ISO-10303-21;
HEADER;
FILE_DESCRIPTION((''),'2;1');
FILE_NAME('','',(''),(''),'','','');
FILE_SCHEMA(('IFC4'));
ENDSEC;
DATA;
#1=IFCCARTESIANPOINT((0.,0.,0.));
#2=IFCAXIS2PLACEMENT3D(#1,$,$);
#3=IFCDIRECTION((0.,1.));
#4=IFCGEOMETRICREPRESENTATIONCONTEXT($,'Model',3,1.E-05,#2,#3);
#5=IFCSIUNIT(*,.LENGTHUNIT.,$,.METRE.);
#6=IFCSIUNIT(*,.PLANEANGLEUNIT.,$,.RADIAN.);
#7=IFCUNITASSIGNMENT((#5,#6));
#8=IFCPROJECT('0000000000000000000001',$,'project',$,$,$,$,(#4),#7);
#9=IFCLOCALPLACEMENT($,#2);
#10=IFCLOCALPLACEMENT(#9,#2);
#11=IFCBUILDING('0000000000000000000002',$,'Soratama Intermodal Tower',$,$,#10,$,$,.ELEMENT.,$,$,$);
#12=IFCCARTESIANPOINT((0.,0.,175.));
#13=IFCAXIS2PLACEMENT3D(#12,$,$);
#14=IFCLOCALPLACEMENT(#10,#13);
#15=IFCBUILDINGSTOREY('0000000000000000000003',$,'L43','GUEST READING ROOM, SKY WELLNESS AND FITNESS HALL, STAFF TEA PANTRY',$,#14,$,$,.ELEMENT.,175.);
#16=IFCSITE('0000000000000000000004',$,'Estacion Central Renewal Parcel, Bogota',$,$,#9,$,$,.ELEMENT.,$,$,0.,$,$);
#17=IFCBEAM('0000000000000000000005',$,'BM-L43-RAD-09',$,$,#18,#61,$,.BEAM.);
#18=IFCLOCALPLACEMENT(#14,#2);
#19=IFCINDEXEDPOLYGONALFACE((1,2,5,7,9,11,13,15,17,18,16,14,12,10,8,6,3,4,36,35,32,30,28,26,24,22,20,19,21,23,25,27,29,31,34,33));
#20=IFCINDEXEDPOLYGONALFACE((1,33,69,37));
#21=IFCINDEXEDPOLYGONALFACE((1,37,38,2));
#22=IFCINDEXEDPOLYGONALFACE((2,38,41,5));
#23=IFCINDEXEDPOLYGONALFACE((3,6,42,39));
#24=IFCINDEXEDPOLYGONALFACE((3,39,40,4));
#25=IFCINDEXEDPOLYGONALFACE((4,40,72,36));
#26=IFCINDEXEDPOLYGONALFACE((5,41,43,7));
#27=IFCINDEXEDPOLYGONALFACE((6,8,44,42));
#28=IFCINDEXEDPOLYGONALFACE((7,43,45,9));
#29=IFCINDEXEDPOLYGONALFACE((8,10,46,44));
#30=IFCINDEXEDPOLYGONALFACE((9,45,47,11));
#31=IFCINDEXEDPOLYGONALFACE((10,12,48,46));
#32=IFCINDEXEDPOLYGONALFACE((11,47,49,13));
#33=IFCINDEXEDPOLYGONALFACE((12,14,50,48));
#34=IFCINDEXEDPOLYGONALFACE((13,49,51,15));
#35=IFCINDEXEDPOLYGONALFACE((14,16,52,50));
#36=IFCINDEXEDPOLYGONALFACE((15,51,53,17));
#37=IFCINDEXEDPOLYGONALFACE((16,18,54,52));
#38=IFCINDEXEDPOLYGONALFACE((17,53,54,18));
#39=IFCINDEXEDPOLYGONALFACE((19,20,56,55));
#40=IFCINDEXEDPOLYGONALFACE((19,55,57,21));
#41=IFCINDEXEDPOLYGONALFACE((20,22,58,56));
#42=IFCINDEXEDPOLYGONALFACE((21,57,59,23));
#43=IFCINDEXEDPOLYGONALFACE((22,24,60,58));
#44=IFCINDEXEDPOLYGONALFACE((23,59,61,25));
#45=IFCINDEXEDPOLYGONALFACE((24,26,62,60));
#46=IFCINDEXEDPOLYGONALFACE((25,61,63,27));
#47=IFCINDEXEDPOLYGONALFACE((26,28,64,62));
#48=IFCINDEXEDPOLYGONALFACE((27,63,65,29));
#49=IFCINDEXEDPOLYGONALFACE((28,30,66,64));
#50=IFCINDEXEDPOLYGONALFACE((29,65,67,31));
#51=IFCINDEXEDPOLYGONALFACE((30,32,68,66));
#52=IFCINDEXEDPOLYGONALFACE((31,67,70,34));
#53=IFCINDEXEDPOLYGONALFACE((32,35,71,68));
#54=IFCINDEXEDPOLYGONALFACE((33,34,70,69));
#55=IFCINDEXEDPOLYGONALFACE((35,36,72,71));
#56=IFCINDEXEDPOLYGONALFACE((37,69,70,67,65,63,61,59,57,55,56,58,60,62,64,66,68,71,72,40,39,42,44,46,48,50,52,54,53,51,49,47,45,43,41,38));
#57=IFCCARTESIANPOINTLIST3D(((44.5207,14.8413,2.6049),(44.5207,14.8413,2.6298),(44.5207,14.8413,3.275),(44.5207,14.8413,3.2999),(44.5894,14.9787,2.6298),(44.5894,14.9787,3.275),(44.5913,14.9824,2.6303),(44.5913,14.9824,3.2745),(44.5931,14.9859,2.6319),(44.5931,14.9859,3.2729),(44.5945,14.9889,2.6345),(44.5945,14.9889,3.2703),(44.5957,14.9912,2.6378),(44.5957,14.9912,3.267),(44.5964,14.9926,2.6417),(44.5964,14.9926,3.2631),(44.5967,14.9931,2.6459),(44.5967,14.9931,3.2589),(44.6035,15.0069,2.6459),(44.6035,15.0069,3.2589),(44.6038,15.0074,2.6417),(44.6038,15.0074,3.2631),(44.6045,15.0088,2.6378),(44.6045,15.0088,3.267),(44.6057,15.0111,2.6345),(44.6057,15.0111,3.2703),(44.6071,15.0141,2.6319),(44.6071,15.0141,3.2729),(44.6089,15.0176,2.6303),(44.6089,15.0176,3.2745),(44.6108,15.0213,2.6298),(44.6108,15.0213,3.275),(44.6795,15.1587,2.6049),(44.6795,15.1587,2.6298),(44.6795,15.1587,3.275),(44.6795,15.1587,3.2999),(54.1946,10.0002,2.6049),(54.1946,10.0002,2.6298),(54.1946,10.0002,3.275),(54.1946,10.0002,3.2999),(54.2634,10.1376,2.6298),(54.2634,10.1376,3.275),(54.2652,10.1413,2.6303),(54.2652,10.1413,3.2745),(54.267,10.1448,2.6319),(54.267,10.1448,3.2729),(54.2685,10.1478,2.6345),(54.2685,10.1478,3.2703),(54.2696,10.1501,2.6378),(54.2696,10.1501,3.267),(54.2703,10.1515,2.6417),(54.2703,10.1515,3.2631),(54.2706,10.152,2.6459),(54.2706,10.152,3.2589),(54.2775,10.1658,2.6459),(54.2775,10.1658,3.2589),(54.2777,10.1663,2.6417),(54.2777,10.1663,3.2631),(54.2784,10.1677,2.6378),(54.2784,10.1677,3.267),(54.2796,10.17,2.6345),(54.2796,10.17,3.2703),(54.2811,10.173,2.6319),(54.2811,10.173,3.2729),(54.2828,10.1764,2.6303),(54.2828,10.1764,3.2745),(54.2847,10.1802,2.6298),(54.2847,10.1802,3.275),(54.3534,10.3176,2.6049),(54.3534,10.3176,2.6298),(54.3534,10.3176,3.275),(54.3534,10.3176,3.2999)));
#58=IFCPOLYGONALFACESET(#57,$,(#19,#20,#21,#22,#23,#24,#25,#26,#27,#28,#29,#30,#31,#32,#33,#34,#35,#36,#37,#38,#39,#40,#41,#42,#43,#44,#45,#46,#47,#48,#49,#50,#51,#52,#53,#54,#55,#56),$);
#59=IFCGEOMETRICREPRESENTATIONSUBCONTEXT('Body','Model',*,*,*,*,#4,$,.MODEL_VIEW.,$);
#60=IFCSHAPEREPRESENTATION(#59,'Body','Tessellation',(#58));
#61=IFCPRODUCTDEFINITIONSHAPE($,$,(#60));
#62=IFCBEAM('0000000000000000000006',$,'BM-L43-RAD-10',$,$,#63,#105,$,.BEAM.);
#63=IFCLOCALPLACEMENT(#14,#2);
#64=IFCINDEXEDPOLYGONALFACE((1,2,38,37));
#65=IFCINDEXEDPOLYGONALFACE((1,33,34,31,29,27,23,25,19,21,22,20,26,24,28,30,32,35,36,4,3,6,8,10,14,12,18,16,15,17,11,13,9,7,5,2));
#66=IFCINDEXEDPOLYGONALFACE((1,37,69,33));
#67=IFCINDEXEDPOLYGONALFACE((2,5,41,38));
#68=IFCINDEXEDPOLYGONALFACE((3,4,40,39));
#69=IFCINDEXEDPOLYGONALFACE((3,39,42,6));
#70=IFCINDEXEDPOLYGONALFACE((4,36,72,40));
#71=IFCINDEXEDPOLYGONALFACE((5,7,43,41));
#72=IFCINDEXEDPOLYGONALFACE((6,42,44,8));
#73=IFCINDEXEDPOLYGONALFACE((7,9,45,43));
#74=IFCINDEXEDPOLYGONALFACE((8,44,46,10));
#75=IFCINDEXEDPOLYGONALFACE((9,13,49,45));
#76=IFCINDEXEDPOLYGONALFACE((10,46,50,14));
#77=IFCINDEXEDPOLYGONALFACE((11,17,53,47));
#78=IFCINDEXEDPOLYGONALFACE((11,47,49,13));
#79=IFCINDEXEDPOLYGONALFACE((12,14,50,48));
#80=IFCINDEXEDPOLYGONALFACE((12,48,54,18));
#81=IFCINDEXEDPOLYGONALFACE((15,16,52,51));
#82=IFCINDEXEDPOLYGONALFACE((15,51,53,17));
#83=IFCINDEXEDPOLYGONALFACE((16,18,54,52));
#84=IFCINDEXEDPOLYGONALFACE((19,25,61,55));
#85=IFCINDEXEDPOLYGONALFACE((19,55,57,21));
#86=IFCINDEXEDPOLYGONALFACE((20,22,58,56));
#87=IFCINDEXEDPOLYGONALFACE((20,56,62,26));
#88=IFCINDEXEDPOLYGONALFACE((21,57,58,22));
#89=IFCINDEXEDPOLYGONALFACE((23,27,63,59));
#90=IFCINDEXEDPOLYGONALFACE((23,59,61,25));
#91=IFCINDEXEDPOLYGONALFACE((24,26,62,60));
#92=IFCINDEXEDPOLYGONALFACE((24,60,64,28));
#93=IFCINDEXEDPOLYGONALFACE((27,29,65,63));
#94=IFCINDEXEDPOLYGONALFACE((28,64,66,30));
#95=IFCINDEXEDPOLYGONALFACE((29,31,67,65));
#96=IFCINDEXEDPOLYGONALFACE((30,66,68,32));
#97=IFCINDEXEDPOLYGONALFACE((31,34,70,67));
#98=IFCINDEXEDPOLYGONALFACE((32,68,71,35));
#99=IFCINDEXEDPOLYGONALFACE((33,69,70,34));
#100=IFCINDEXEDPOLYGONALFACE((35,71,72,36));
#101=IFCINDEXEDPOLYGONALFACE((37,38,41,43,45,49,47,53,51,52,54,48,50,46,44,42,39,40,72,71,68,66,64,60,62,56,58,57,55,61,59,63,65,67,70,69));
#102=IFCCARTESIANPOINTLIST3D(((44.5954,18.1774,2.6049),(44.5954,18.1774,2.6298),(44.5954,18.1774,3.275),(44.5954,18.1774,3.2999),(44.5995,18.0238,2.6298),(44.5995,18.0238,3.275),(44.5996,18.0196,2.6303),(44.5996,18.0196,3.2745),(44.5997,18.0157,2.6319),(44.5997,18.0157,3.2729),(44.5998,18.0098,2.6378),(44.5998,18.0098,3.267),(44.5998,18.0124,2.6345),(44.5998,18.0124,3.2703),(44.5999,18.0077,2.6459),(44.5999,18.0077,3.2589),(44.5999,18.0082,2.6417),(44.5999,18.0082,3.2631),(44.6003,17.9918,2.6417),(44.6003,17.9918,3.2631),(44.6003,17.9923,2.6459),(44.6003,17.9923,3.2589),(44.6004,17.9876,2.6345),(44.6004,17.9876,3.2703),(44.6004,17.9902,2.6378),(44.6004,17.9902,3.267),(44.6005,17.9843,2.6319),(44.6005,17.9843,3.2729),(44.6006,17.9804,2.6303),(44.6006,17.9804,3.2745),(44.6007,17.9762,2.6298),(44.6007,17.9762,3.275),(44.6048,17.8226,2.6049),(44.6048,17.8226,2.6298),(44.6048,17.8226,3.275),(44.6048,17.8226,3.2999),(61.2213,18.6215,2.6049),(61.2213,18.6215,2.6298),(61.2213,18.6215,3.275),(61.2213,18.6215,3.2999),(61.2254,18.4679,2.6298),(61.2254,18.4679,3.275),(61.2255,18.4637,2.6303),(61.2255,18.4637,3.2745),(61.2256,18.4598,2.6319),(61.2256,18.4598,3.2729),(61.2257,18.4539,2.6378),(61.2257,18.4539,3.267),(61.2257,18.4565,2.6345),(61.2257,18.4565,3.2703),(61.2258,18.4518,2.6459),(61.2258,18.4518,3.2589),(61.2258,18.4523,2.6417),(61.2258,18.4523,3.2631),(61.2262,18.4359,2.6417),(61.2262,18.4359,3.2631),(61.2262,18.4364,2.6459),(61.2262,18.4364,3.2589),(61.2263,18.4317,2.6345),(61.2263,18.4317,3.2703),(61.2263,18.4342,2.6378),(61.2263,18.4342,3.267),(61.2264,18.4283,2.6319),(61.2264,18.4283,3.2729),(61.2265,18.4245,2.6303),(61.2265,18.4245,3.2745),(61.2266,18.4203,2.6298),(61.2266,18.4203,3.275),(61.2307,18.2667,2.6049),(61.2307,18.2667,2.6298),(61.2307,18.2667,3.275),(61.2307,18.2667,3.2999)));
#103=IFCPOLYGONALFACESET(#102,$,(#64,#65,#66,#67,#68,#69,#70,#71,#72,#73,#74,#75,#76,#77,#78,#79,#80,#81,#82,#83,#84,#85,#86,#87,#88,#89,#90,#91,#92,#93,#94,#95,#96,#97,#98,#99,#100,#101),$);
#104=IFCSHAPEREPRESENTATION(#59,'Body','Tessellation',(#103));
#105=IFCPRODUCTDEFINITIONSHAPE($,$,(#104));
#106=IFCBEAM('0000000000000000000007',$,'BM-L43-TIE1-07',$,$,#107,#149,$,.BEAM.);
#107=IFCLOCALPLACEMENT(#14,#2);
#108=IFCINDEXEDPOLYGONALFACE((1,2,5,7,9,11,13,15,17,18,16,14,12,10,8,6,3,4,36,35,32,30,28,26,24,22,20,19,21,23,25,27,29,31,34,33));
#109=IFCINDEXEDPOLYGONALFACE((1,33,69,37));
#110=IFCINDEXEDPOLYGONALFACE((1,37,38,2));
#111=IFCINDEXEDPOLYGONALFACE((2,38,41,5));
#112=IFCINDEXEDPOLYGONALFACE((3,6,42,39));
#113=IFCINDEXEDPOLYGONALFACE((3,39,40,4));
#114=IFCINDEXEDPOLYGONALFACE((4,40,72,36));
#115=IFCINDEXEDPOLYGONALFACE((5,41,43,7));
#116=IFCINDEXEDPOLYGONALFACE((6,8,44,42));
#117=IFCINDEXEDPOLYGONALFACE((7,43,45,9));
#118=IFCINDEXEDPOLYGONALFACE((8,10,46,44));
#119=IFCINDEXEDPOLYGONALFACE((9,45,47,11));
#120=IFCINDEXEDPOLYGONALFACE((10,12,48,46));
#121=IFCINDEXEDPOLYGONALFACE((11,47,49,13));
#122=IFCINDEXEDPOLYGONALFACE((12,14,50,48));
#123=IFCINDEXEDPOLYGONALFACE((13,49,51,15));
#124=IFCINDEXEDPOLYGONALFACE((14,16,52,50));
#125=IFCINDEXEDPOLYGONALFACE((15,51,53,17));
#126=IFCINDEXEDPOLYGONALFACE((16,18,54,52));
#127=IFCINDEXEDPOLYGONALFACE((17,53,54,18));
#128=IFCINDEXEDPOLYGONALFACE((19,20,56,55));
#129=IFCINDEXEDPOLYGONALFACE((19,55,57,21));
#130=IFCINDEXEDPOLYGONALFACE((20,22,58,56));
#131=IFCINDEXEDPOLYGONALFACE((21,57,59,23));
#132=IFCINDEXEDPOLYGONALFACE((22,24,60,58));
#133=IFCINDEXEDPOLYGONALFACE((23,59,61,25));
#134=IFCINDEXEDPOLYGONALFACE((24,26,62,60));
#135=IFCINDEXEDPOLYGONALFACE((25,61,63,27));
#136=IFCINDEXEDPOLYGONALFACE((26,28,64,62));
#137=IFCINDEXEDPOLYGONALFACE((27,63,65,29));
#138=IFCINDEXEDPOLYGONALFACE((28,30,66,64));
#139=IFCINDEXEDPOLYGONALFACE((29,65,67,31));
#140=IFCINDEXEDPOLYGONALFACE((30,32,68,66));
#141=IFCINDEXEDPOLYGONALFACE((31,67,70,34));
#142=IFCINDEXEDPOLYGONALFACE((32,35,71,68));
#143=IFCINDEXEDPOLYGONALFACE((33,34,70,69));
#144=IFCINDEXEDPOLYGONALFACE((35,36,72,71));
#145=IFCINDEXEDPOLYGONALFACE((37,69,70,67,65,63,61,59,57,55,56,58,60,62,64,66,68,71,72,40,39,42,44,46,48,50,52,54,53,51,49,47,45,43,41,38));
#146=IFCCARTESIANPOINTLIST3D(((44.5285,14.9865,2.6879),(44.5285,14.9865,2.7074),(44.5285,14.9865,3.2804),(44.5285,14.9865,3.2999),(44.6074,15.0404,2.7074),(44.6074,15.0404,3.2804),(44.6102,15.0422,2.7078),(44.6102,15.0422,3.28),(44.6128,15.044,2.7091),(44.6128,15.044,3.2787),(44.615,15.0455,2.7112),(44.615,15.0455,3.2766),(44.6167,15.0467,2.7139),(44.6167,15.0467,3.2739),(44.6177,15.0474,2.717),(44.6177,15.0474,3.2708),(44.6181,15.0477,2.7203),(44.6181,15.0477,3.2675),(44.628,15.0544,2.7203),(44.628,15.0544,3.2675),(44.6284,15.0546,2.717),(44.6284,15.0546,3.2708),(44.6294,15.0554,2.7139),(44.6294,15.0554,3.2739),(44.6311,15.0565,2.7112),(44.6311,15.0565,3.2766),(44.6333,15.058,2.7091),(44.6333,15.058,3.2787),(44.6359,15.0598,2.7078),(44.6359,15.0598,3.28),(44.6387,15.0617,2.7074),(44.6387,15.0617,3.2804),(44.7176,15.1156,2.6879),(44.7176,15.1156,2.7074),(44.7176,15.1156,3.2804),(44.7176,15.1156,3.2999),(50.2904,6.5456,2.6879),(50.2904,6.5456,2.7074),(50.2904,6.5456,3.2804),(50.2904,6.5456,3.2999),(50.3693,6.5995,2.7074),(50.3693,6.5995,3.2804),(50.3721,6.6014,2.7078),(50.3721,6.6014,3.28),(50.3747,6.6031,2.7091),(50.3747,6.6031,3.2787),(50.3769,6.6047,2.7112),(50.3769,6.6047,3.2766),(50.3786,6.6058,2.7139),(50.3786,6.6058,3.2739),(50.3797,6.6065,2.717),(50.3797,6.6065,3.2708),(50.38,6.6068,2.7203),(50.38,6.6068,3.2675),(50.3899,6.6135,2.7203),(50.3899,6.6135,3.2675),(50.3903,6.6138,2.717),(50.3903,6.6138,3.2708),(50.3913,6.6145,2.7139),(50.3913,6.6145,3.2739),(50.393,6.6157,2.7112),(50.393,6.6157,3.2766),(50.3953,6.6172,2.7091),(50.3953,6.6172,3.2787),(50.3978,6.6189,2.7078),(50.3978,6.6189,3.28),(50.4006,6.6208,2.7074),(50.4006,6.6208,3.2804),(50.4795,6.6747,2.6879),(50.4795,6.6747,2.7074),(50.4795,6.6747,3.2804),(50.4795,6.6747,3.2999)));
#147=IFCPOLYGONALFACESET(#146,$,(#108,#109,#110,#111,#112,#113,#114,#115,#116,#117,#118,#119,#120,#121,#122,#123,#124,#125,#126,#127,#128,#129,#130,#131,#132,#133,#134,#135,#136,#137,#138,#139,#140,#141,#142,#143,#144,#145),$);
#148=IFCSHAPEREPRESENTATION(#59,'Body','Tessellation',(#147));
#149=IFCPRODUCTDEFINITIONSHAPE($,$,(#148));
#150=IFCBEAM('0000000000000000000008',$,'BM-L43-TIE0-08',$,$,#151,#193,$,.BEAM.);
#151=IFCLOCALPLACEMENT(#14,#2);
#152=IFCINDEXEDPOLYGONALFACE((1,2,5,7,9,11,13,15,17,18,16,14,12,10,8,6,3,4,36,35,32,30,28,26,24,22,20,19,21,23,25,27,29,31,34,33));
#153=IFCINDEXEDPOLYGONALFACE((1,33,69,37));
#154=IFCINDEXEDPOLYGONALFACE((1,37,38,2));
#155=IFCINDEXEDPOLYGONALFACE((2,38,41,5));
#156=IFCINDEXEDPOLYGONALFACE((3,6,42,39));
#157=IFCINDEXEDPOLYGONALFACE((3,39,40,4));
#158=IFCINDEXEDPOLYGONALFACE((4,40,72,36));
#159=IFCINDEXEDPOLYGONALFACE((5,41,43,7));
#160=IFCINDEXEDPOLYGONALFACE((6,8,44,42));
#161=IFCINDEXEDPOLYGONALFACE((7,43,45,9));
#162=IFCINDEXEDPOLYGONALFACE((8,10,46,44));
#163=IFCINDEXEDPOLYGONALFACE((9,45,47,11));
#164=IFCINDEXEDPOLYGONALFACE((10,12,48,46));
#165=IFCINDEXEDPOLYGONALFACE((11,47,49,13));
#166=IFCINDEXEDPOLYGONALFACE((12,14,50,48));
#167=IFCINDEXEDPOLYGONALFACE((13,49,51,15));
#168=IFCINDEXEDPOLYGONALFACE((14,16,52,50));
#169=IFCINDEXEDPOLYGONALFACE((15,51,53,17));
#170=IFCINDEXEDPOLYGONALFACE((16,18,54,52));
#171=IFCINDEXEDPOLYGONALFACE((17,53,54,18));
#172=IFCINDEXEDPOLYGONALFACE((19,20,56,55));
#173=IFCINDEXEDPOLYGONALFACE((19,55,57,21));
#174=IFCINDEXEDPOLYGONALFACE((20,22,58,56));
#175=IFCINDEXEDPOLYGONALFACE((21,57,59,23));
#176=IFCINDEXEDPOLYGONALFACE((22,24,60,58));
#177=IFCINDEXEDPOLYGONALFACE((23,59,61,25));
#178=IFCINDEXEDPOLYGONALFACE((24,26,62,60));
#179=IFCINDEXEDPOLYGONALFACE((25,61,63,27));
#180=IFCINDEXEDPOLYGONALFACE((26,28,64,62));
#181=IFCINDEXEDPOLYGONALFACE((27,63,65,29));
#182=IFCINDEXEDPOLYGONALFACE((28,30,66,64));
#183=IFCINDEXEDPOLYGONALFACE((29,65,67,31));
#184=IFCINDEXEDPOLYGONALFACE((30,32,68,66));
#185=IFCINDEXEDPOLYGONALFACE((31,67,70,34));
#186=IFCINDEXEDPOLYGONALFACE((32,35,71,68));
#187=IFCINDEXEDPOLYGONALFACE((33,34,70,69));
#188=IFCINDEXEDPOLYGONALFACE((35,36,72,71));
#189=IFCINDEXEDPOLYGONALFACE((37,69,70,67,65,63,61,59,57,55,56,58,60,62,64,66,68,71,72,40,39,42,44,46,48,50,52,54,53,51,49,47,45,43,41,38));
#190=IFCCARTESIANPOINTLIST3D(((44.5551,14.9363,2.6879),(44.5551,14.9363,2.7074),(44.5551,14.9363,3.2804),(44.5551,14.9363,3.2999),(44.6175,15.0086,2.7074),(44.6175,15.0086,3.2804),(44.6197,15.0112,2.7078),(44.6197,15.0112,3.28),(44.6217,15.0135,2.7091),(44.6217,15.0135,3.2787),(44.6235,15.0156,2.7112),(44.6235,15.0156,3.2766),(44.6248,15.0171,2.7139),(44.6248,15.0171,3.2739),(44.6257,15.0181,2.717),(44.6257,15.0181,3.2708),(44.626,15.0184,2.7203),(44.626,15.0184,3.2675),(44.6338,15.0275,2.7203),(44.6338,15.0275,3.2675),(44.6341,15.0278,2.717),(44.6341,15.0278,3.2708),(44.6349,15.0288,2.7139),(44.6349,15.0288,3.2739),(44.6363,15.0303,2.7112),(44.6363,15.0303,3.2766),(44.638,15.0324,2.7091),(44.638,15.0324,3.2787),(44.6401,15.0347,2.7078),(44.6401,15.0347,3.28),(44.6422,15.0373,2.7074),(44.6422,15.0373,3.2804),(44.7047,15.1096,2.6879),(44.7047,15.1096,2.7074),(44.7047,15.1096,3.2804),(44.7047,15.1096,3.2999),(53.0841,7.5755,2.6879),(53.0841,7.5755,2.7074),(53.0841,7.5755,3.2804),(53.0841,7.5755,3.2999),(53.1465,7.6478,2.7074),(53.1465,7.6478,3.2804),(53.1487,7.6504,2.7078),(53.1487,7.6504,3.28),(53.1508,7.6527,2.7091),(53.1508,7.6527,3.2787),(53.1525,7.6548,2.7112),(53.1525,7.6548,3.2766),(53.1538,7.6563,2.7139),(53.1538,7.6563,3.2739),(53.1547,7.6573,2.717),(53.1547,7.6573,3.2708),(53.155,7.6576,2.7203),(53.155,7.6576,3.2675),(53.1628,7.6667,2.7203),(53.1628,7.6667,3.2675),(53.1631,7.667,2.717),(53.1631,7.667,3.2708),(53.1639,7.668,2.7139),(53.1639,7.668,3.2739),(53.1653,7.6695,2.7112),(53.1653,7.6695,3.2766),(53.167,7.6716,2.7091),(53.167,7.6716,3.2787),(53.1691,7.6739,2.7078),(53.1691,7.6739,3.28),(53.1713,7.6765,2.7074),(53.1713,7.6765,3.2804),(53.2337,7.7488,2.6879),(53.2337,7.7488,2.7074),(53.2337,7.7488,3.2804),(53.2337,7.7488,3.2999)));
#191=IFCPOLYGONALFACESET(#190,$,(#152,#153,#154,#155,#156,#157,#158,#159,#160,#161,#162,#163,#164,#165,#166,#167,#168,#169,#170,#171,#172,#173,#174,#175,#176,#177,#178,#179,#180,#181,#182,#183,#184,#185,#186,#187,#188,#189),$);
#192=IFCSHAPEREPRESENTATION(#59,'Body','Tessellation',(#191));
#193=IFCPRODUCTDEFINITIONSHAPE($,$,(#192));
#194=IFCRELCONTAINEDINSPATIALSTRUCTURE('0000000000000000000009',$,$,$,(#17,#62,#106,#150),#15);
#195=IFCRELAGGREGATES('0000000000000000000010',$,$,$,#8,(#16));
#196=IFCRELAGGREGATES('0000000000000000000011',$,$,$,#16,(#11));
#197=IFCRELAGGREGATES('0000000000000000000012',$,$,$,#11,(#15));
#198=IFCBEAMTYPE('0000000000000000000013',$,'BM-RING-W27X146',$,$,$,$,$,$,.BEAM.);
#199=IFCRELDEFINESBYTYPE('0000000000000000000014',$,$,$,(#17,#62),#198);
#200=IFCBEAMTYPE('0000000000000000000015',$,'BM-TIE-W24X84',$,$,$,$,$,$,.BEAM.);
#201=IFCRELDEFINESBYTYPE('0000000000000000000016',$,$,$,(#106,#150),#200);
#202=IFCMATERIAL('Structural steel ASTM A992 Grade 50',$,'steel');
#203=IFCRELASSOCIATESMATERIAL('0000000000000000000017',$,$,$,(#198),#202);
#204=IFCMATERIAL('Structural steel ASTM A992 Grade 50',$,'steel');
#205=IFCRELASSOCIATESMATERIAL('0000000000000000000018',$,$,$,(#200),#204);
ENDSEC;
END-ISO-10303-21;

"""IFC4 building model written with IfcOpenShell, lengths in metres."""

from ifc_helpers import new_model, si_unit, direction, frame, origin, origin_2d, place, context, subcontext, project, spatial, i_section, extrude, material, material_profile, profile_set, type_object, element, save


model = new_model("IFC4")

# Units and contexts
model_context = context("Model", 3, precision=1e-05, world=origin(), true_north=direction((0.0, 1.0)))
body_context = subcontext(model_context, "Body", "Model", "MODEL_VIEW")
ifc_project = project(units=[si_unit("LENGTHUNIT", "METRE"), si_unit("PLANEANGLEUNIT", "RADIAN")], contexts=[model_context])

# Site, building, storey
site_placement = place(None, origin())
site = spatial("IfcSite", under=ifc_project, at=site_placement, Name="Estacion Central Renewal Parcel, Bogota", CompositionType="ELEMENT", RefElevation=0.0)
building_placement = place(site_placement, origin())
building = spatial("IfcBuilding", under=site, at=building_placement, Name="Soratama Intermodal Tower", CompositionType="ELEMENT")
storey_placement = place(building_placement, frame((0.0, 0.0, 175.0)))
storey = spatial("IfcBuildingStorey", under=building, at=storey_placement, Name="L43", Description="GUEST READING ROOM, SKY WELLNESS AND FITNESS HALL, STAFF TEA PANTRY", CompositionType="ELEMENT", Elevation=175.0)

# Beams
ifc_material_1 = material(Name="Structural steel ASTM A992 Grade 50", Category="steel")
ifc_material_profile_1 = material_profile(ifc_material_1, i_section(OverallWidth=0.355, OverallDepth=0.6951, WebThickness=0.0154, FlangeThickness=0.0249, FilletRadius=0.0161, at=origin_2d()), Name="W27X146")
ifc_profile_set_1 = profile_set([ifc_material_profile_1], Name="Structural steel ASTM A992 Grade 50")
beam_type_1 = type_object("IfcBeamType", Name="BM-RING-W27X146", PredefinedType="BEAM", material=ifc_profile_set_1)
beam_1_placement = place(storey_placement, frame((44.6001, 15.0, 2.9524), z_axis=(0.894274, -0.447521, 0.0), x_axis=(0.447521, 0.894274, 0.0)))
element("IfcBeam", 1, at=beam_1_placement, inside=storey, type_object=beam_type_1, Name="BM-L43-RAD-09", PredefinedType="BEAM", context=body_context, shape_type="SweptSolid", body=[
    extrude(i_section(OverallWidth=0.355, OverallDepth=0.6951, WebThickness=0.0154, FlangeThickness=0.0249, FilletRadius=0.0161, at=origin_2d()), origin(), (0.0, 0.0, 1.0), 10.8176),
])
beam_2_placement = place(storey_placement, frame((44.6001, 18.0, 2.9524), z_axis=(0.999643, 0.026701, 0.0), x_axis=(-0.026701, 0.999643, 0.0)))
element("IfcBeam", 2, at=beam_2_placement, inside=storey, type_object=beam_type_1, Name="BM-L43-RAD-10", PredefinedType="BEAM", context=body_context, shape_type="SweptSolid", body=[
    extrude(i_section(OverallWidth=0.355, OverallDepth=0.6951, WebThickness=0.0154, FlangeThickness=0.0249, FilletRadius=0.0161, at=origin_2d()), origin(), (0.0, 0.0, 1.0), 16.6318),
])
ifc_material_2 = material(Name="Structural steel ASTM A992 Grade 50", Category="steel")
ifc_material_profile_2 = material_profile(ifc_material_2, i_section(OverallWidth=0.229, OverallDepth=0.6121, WebThickness=0.012, FlangeThickness=0.0195, FilletRadius=0.0129, at=origin_2d()), Name="W24X84")
ifc_profile_set_2 = profile_set([ifc_material_profile_2], Name="Structural steel ASTM A992 Grade 50")
beam_type_2 = type_object("IfcBeamType", Name="BM-TIE-W24X84", PredefinedType="BEAM", material=ifc_profile_set_2)
beam_3_placement = place(storey_placement, frame((44.623, 15.051, 2.9939), z_axis=(0.56379, -0.825918, 0.0), x_axis=(0.825918, 0.56379, 0.0)))
element("IfcBeam", 3, at=beam_3_placement, inside=storey, type_object=beam_type_2, Name="BM-L43-TIE1-07", PredefinedType="BEAM", context=body_context, shape_type="SweptSolid", body=[
    extrude(i_section(OverallWidth=0.229, OverallDepth=0.6121, WebThickness=0.012, FlangeThickness=0.0195, FilletRadius=0.0129, at=origin_2d()), origin(), (0.0, 0.0, 1.0), 10.22),
])
beam_4_placement = place(storey_placement, frame((44.6299, 15.0229, 2.9939), z_axis=(0.75705, -0.653357, 0.0), x_axis=(0.653357, 0.75705, 0.0)))
element("IfcBeam", 4, at=beam_4_placement, inside=storey, type_object=beam_type_2, Name="BM-L43-TIE0-08", PredefinedType="BEAM", context=body_context, shape_type="SweptSolid", body=[
    extrude(i_section(OverallWidth=0.229, OverallDepth=0.6121, WebThickness=0.012, FlangeThickness=0.0195, FilletRadius=0.0129, at=origin_2d()), origin(), (0.0, 0.0, 1.0), 11.2661),
])

save(model, "model.ifc")
